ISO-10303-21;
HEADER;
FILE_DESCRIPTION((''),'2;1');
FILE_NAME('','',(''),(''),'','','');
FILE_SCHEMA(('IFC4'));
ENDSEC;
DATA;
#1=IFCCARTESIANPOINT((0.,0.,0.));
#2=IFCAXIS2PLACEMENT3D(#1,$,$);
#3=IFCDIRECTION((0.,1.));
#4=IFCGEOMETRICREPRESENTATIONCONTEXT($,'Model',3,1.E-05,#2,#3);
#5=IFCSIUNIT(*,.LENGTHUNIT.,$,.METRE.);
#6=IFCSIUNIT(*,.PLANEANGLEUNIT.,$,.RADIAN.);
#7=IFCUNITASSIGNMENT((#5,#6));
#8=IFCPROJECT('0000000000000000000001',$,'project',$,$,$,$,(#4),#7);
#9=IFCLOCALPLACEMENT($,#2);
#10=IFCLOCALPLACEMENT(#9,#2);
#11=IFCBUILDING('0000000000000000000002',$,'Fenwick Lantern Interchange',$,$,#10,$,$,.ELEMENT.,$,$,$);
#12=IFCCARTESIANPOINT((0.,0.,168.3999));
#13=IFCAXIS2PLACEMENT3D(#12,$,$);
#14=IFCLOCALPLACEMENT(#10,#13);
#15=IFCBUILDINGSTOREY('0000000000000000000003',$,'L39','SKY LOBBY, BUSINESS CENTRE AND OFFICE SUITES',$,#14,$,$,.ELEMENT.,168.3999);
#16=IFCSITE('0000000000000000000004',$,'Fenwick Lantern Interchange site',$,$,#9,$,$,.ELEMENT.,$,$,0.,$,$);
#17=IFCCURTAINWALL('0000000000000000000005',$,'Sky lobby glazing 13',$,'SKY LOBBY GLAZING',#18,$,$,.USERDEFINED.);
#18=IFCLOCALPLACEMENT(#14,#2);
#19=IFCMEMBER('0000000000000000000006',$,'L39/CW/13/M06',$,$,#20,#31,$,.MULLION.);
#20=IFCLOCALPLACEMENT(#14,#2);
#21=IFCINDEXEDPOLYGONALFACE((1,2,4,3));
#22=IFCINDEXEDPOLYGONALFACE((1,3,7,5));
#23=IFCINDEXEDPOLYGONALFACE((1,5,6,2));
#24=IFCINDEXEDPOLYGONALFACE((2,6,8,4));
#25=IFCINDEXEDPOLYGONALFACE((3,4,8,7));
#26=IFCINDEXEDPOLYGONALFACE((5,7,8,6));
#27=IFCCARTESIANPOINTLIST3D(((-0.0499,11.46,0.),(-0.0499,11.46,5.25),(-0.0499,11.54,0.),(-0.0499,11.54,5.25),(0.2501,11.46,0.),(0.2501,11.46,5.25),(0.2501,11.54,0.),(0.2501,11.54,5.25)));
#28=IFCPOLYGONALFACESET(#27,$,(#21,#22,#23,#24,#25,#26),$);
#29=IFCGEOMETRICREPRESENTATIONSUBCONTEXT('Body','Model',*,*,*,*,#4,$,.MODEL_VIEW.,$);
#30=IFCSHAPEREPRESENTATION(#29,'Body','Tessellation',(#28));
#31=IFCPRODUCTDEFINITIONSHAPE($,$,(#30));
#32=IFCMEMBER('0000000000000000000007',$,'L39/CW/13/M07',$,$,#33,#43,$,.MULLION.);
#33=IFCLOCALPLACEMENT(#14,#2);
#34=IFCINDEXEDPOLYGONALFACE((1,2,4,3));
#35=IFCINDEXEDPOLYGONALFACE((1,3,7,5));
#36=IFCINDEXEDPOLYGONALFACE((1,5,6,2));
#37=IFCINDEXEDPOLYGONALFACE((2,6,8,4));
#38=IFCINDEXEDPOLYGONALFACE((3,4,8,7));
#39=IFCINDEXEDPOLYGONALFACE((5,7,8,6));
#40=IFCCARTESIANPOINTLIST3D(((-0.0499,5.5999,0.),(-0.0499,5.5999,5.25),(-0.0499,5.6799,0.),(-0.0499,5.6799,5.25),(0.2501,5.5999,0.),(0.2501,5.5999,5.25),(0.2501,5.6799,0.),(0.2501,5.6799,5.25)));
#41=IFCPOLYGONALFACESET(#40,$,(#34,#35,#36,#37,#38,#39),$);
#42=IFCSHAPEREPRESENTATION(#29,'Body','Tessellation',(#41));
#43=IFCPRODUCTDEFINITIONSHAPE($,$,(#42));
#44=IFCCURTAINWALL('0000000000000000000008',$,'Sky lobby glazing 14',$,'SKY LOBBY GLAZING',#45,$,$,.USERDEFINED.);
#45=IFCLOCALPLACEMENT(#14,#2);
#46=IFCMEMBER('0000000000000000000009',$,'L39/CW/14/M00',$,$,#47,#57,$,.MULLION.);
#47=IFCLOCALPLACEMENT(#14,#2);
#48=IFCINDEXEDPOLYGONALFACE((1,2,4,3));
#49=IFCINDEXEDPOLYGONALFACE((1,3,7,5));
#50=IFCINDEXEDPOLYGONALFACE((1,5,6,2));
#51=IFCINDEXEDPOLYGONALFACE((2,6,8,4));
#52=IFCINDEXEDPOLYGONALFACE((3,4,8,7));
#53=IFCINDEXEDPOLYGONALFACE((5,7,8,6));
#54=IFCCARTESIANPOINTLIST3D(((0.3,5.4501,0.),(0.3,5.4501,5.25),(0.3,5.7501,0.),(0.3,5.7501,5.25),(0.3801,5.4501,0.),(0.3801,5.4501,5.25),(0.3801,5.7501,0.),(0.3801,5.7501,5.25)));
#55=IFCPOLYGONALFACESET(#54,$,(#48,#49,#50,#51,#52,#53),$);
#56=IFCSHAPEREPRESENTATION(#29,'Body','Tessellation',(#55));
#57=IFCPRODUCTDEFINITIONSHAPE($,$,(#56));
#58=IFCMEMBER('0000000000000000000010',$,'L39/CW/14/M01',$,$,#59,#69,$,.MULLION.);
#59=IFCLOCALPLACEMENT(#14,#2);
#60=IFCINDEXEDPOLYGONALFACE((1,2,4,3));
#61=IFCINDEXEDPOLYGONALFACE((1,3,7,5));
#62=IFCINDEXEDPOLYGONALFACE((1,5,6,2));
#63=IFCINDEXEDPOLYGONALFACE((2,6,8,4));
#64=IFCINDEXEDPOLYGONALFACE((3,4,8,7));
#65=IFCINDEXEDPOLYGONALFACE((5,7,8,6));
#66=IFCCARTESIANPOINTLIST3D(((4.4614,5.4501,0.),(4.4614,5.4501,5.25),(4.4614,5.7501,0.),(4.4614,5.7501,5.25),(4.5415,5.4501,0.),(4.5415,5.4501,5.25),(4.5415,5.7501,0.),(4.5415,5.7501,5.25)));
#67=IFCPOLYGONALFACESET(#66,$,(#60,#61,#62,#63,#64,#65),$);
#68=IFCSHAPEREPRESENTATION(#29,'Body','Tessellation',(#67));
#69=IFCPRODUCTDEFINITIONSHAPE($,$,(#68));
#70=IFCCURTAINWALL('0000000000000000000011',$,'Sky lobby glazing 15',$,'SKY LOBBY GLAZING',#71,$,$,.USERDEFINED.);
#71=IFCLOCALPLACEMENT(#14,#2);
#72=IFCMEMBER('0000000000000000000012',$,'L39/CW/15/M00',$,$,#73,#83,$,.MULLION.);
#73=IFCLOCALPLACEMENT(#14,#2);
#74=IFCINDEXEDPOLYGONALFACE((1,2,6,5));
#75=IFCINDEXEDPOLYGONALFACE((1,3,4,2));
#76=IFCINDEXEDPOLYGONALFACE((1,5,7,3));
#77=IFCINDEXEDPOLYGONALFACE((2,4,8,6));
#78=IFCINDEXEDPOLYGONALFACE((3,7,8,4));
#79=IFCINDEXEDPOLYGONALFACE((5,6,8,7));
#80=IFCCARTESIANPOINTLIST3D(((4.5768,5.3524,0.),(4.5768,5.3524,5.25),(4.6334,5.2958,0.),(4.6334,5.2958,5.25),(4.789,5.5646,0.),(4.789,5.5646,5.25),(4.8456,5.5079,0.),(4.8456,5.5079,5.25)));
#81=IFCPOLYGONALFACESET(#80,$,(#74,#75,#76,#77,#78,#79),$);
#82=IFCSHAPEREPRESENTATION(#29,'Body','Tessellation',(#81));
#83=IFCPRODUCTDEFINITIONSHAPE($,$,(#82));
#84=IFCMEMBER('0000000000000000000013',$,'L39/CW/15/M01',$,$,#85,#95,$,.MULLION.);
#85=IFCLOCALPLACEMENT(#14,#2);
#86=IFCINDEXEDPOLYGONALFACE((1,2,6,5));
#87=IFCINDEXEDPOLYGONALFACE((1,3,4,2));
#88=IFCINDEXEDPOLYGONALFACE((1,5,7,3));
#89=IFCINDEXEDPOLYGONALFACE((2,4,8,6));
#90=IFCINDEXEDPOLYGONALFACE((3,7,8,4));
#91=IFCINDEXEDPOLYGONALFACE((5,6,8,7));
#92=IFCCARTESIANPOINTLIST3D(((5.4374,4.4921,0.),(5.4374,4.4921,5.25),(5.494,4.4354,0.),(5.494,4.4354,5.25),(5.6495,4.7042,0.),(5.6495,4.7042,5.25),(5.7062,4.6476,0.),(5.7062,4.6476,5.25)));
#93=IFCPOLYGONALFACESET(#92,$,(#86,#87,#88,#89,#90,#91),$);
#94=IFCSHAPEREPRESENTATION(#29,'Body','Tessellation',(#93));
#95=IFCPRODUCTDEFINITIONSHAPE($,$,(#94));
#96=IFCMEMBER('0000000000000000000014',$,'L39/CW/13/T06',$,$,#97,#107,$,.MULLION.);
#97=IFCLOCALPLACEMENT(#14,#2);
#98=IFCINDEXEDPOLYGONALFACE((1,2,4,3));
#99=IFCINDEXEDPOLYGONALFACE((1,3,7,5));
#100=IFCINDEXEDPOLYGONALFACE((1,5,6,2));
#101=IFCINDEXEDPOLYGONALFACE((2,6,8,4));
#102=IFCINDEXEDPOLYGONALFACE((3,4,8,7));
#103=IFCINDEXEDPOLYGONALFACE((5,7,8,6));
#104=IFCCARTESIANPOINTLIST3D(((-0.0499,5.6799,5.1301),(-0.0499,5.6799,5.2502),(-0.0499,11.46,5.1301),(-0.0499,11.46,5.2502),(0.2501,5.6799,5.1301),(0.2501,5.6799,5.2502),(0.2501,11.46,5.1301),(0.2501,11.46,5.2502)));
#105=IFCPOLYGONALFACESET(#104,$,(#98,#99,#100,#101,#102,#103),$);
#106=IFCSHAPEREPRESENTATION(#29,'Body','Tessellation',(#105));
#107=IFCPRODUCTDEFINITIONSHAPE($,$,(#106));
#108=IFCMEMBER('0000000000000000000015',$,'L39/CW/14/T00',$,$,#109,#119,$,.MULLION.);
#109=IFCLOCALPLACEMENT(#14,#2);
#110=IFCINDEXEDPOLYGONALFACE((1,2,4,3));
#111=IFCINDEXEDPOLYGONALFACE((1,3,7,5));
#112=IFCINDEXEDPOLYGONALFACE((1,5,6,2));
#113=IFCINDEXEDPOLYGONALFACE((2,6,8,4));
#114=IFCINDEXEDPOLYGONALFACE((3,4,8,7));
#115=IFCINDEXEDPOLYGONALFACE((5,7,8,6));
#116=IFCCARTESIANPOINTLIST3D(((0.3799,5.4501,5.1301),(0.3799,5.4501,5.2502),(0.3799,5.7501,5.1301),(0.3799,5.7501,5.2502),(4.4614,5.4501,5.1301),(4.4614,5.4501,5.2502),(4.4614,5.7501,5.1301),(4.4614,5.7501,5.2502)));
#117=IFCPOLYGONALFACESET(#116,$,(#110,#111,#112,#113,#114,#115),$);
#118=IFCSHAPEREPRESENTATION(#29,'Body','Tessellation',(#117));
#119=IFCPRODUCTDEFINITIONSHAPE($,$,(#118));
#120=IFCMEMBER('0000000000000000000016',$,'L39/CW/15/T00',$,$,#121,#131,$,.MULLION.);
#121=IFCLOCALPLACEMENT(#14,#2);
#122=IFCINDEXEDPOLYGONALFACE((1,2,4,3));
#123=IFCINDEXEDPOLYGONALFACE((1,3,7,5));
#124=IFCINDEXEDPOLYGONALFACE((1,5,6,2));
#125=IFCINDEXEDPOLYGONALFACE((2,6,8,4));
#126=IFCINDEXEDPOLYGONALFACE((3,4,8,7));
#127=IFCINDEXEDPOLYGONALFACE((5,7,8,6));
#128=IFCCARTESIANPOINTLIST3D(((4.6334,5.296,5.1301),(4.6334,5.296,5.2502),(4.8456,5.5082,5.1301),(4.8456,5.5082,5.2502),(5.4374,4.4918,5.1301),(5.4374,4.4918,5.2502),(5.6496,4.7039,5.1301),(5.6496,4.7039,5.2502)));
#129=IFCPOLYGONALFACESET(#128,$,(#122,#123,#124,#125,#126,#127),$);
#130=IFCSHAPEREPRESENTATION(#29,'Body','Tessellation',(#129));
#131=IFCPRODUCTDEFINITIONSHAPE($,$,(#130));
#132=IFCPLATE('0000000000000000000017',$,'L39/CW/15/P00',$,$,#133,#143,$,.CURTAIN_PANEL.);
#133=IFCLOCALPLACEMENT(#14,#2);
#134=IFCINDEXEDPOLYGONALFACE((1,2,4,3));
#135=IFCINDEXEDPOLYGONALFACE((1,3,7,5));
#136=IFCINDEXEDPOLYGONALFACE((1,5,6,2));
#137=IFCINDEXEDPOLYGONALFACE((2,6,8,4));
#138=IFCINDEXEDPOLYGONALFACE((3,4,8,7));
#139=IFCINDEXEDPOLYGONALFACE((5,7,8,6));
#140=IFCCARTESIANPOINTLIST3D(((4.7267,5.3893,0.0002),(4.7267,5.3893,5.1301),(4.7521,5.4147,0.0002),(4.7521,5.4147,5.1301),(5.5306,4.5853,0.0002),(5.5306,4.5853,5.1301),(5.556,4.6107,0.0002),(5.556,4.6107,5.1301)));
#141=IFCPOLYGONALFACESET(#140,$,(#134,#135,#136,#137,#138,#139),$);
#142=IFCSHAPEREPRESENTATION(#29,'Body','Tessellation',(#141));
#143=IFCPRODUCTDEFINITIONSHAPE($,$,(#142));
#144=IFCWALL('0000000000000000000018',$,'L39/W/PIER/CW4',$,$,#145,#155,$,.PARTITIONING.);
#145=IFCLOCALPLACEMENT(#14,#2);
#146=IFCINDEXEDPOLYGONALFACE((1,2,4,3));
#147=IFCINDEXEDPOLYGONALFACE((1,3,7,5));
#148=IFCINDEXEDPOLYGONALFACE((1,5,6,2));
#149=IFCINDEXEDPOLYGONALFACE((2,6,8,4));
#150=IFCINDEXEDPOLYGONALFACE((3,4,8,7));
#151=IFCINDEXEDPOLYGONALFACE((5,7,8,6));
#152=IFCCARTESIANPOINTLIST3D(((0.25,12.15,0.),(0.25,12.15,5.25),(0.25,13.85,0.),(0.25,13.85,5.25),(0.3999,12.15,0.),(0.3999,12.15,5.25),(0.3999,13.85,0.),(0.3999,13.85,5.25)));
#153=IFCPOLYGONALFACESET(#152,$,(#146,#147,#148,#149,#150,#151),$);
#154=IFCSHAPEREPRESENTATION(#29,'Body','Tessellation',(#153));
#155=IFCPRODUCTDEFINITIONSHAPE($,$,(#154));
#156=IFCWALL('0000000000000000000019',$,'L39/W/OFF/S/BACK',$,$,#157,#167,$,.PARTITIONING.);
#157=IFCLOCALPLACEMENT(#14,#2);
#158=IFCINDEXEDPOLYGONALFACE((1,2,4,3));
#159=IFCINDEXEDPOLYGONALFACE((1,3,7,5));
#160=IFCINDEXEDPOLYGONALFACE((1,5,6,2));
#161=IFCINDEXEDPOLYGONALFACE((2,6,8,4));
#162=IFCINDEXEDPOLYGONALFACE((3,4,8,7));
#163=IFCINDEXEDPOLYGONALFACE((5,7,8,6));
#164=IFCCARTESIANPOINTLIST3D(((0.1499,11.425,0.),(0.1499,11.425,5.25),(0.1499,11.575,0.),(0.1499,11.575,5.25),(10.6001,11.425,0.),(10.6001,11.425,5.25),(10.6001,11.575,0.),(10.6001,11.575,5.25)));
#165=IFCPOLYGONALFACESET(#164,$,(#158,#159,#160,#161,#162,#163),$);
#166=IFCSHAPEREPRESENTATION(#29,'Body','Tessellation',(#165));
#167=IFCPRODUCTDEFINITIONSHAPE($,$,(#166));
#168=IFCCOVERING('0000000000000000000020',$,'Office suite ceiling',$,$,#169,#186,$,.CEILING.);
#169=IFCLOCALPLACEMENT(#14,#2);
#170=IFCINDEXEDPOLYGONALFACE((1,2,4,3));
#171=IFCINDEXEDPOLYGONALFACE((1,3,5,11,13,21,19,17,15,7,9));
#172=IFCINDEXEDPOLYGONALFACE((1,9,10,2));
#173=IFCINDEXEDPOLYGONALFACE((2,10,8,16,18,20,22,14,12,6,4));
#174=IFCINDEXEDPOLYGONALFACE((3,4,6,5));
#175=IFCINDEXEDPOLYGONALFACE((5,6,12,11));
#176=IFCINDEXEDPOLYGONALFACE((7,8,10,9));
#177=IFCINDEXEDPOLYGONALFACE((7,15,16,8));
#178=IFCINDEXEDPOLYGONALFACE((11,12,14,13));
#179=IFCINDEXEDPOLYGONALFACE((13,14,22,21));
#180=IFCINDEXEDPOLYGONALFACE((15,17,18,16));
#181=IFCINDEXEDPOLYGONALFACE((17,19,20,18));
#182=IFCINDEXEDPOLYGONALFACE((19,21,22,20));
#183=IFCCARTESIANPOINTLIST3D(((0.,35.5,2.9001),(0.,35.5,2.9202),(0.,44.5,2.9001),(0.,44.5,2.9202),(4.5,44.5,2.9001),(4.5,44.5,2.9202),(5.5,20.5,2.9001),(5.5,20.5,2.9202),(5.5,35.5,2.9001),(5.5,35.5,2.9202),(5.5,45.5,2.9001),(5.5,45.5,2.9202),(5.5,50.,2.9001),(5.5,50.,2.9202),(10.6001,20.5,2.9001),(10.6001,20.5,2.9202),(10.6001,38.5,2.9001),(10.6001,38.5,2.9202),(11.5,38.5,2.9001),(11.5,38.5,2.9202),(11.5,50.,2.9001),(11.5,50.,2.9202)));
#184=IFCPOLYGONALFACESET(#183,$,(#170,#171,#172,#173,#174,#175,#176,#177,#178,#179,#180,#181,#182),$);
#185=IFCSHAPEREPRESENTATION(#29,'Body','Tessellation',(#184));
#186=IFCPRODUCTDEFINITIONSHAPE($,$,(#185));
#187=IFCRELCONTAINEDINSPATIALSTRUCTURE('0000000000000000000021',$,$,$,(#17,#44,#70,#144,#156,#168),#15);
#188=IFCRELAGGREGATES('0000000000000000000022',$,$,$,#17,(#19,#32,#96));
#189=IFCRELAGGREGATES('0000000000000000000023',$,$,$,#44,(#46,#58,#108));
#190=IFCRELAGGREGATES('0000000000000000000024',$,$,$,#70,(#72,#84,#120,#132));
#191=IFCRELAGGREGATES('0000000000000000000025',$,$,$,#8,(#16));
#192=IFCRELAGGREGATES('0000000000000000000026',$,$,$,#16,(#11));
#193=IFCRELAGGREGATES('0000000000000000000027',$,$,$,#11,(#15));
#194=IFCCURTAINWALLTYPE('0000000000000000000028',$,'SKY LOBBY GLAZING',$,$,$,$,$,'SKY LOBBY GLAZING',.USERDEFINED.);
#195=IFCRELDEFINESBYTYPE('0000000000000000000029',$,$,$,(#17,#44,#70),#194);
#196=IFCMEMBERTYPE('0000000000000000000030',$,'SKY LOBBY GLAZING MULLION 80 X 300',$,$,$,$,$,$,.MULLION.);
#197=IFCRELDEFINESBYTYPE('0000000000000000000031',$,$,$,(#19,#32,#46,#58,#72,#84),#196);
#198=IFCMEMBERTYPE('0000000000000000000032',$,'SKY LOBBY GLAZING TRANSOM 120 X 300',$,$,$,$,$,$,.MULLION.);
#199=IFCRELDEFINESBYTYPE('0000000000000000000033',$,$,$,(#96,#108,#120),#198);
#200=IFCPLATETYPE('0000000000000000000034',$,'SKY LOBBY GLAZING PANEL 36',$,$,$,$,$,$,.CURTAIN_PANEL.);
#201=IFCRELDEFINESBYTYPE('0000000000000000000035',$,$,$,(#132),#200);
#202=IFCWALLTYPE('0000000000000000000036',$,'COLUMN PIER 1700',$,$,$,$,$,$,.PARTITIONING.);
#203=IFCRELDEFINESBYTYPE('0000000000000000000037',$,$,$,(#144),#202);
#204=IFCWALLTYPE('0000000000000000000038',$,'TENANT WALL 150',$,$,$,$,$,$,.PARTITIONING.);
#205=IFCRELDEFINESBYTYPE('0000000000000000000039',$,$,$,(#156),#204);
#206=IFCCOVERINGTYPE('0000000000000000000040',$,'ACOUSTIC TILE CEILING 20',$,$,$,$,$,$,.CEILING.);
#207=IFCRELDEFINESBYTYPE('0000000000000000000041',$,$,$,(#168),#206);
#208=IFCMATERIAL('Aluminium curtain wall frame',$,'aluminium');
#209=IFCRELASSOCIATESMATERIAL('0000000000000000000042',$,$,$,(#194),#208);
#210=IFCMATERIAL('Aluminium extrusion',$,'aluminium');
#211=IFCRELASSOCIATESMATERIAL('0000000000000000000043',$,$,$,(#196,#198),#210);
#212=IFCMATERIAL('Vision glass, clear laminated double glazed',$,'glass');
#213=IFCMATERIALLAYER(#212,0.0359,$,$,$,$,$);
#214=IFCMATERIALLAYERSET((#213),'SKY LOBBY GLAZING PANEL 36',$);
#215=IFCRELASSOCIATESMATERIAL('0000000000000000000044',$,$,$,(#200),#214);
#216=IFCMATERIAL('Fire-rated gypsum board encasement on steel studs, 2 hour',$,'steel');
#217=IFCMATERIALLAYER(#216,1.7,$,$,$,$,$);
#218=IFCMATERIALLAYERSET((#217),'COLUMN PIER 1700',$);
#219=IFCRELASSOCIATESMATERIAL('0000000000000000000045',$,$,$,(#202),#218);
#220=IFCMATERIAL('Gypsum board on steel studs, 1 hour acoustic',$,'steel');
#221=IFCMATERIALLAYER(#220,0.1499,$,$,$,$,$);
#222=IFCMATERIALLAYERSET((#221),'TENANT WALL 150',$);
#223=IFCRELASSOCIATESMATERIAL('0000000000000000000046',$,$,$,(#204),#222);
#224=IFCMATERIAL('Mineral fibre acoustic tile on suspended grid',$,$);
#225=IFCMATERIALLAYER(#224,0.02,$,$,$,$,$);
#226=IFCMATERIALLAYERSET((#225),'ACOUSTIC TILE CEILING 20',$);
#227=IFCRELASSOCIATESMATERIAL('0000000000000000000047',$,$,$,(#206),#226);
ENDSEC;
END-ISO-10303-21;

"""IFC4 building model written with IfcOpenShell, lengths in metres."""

from ifc_helpers import new_model, si_unit, direction, frame, frame_2d, origin, origin_2d, place, context, subcontext, project, spatial, polyline, rectangle, outline, extrude, material, layer, layer_set, material_profile, profile_set, type_object, element, aggregate, save


model = new_model("IFC4")

# Units and contexts
model_context = context("Model", 3, precision=1e-05, world=origin(), true_north=direction((0.0, 1.0)))
body_context = subcontext(model_context, "Body", "Model", "MODEL_VIEW")
ifc_project = project(units=[si_unit("LENGTHUNIT", "METRE"), si_unit("PLANEANGLEUNIT", "RADIAN")], contexts=[model_context])

# Site, building, storey
site_placement = place(None, origin())
site = spatial("IfcSite", under=ifc_project, at=site_placement, Name="Fenwick Lantern Interchange site", CompositionType="ELEMENT", RefElevation=0.0)
building_placement = place(site_placement, origin())
building = spatial("IfcBuilding", under=site, at=building_placement, Name="Fenwick Lantern Interchange", CompositionType="ELEMENT")
storey_placement = place(building_placement, frame((0.0, 0.0, 168.3999)))
storey = spatial("IfcBuildingStorey", under=building, at=storey_placement, Name="L39", Description="SKY LOBBY, BUSINESS CENTRE AND OFFICE SUITES", CompositionType="ELEMENT", Elevation=168.3999)

# Curtain walls, members
ifc_material_1 = material(Name="Aluminium curtain wall frame", Category="aluminium")
curtain_wall_type = type_object("IfcCurtainWallType", Name="SKY LOBBY GLAZING", ElementType="SKY LOBBY GLAZING", PredefinedType="USERDEFINED", material=ifc_material_1)
curtain_wall_1_placement = place(storey_placement, origin())
curtain_wall_1 = element("IfcCurtainWall", 1, at=curtain_wall_1_placement, inside=storey, type_object=curtain_wall_type, Name="Sky lobby glazing 13", ObjectType="SKY LOBBY GLAZING", PredefinedType="USERDEFINED")
ifc_material_2 = material(Name="Aluminium extrusion", Category="aluminium")
ifc_material_profile_1 = material_profile(ifc_material_2, rectangle(XDim=0.3, YDim=0.0801, at=origin_2d()), Name="SKY LOBBY GLAZING MULLION 80 X 300")
ifc_profile_set_1 = profile_set([ifc_material_profile_1], Name="Aluminium extrusion")
member_type_1 = type_object("IfcMemberType", Name="SKY LOBBY GLAZING MULLION 80 X 300", PredefinedType="MULLION", material=ifc_profile_set_1)
member_1_placement = place(storey_placement, frame((0.1001, 11.5, 0.0), z_axis=(0.0, 0.0, 1.0), x_axis=(1.0, 0.0, 0.0)))
member_1 = element("IfcMember", 2, at=member_1_placement, type_object=member_type_1, Name="L39/CW/13/M06", PredefinedType="MULLION", context=body_context, shape_type="SweptSolid", body=[
    extrude(rectangle(XDim=0.3, YDim=0.0801, at=origin_2d()), origin(), (0.0, 0.0, 1.0), 5.25),
])
member_2_placement = place(storey_placement, frame((0.1001, 5.6399, 0.0), z_axis=(0.0, 0.0, 1.0), x_axis=(1.0, 0.0, 0.0)))
member_2 = element("IfcMember", 3, at=member_2_placement, type_object=member_type_1, Name="L39/CW/13/M07", PredefinedType="MULLION", context=body_context, shape_type="SweptSolid", body=[
    extrude(rectangle(XDim=0.3, YDim=0.0801, at=origin_2d()), origin(), (0.0, 0.0, 1.0), 5.25),
])
curtain_wall_2_placement = place(storey_placement, origin())
curtain_wall_2 = element("IfcCurtainWall", 4, at=curtain_wall_2_placement, inside=storey, type_object=curtain_wall_type, Name="Sky lobby glazing 14", ObjectType="SKY LOBBY GLAZING", PredefinedType="USERDEFINED")
member_3_placement = place(storey_placement, frame((0.3401, 5.6001, 0.0), z_axis=(0.0, 0.0, 1.0), x_axis=(0.0, 1.0, 0.0)))
member_3 = element("IfcMember", 5, at=member_3_placement, type_object=member_type_1, Name="L39/CW/14/M00", PredefinedType="MULLION", context=body_context, shape_type="SweptSolid", body=[
    extrude(rectangle(XDim=0.3, YDim=0.0801, at=origin_2d()), origin(), (0.0, 0.0, 1.0), 5.25),
])
member_4_placement = place(storey_placement, frame((4.5015, 5.6001, 0.0), z_axis=(0.0, 0.0, 1.0), x_axis=(0.0, 1.0, 0.0)))
member_4 = element("IfcMember", 6, at=member_4_placement, type_object=member_type_1, Name="L39/CW/14/M01", PredefinedType="MULLION", context=body_context, shape_type="SweptSolid", body=[
    extrude(rectangle(XDim=0.3, YDim=0.0801, at=origin_2d()), origin(), (0.0, 0.0, 1.0), 5.25),
])
curtain_wall_3_placement = place(storey_placement, origin())
curtain_wall_3 = element("IfcCurtainWall", 7, at=curtain_wall_3_placement, inside=storey, type_object=curtain_wall_type, Name="Sky lobby glazing 15", ObjectType="SKY LOBBY GLAZING", PredefinedType="USERDEFINED")
member_5_placement = place(storey_placement, frame((4.7112, 5.4302, 0.0), z_axis=(0.0, 0.0, 1.0), x_axis=(0.707107, 0.707107, 0.0)))
member_5 = element("IfcMember", 8, at=member_5_placement, type_object=member_type_1, Name="L39/CW/15/M00", PredefinedType="MULLION", context=body_context, shape_type="SweptSolid", body=[
    extrude(rectangle(XDim=0.3, YDim=0.0801, at=origin_2d()), origin(), (0.0, 0.0, 1.0), 5.25),
])
member_6_placement = place(storey_placement, frame((5.5718, 4.5698, 0.0), z_axis=(0.0, 0.0, 1.0), x_axis=(0.707107, 0.707107, 0.0)))
member_6 = element("IfcMember", 9, at=member_6_placement, type_object=member_type_1, Name="L39/CW/15/M01", PredefinedType="MULLION", context=body_context, shape_type="SweptSolid", body=[
    extrude(rectangle(XDim=0.3, YDim=0.0801, at=origin_2d()), origin(), (0.0, 0.0, 1.0), 5.25),
])

# Members
ifc_material_profile_2 = material_profile(ifc_material_2, rectangle(XDim=0.3, YDim=0.1201, at=origin_2d()), Name="SKY LOBBY GLAZING TRANSOM 120 X 300")
ifc_profile_set_2 = profile_set([ifc_material_profile_2], Name="Aluminium extrusion")
member_type_2 = type_object("IfcMemberType", Name="SKY LOBBY GLAZING TRANSOM 120 X 300", PredefinedType="MULLION", material=ifc_profile_set_2)
member_7_placement = place(storey_placement, frame((0.1001, 11.46, 5.1902), z_axis=(0.0, -1.0, 0.0), x_axis=(1.0, 0.0, 0.0)))
member_7 = element("IfcMember", 10, at=member_7_placement, type_object=member_type_2, Name="L39/CW/13/T06", PredefinedType="MULLION", context=body_context, shape_type="SweptSolid", body=[
    extrude(rectangle(XDim=0.3, YDim=0.1201, at=origin_2d()), origin(), (0.0, 0.0, 1.0), 5.78),
])
aggregate(curtain_wall_1, [member_1, member_2, member_7])
member_8_placement = place(storey_placement, frame((0.3799, 5.6001, 5.1902), z_axis=(1.0, 0.0, 0.0), x_axis=(0.0, 1.0, 0.0)))
member_8 = element("IfcMember", 11, at=member_8_placement, type_object=member_type_2, Name="L39/CW/14/T00", PredefinedType="MULLION", context=body_context, shape_type="SweptSolid", body=[
    extrude(rectangle(XDim=0.3, YDim=0.1201, at=origin_2d()), origin(), (0.0, 0.0, 1.0), 4.0815),
])
member_9_placement = place(storey_placement, frame((4.7395, 5.4021, 5.1902), z_axis=(0.706999, -0.707214, 0.0), x_axis=(0.707214, 0.706999, 0.0)))
member_9 = element("IfcMember", 12, at=member_9_placement, type_object=member_type_2, Name="L39/CW/15/T00", PredefinedType="MULLION", context=body_context, shape_type="SweptSolid", body=[
    extrude(rectangle(XDim=0.3, YDim=0.1201, at=origin_2d()), origin(), (0.0, 0.0, 1.0), 1.1372),
])

# Shared definitions
ifc_material_3 = material(Name="Vision glass, clear laminated double glazed", Category="glass")
ifc_layer_1 = layer(ifc_material_3, 0.0359)
ifc_layer_set_1 = layer_set([ifc_layer_1], Name="SKY LOBBY GLAZING PANEL 36")
plate_type = type_object("IfcPlateType", Name="SKY LOBBY GLAZING PANEL 36", PredefinedType="CURTAIN_PANEL", material=ifc_layer_set_1)

# Plate
aggregate(curtain_wall_2, [member_3, member_4, member_8])
plate_1_placement = place(storey_placement, frame((5.1414, 5.0, 0.0002), z_axis=(0.0, 0.0, 1.0), x_axis=(0.707107, -0.707107, 0.0)))
plate_1 = element("IfcPlate", 13, at=plate_1_placement, type_object=plate_type, Name="L39/CW/15/P00", PredefinedType="CURTAIN_PANEL", context=body_context, shape_type="SweptSolid", body=[
    extrude(rectangle(XDim=1.137, YDim=0.0359, at=origin_2d()), origin(), (0.0, 0.0, 1.0), 5.1299),
])
aggregate(curtain_wall_3, [member_5, member_6, member_9, plate_1])

# Walls
ifc_material_4 = material(Name="Fire-rated gypsum board encasement on steel studs, 2 hour", Category="steel")
ifc_layer_2 = layer(ifc_material_4, 1.7)
ifc_layer_set_2 = layer_set([ifc_layer_2], Name="COLUMN PIER 1700")
wall_type_1 = type_object("IfcWallType", Name="COLUMN PIER 1700", PredefinedType="PARTITIONING", material=ifc_layer_set_2)
wall_1_placement = place(storey_placement, frame((0.25, 13.0, 0.0), z_axis=(0.0, 0.0, 1.0), x_axis=(1.0, 0.0, 0.0)))
element("IfcWall", 14, at=wall_1_placement, inside=storey, type_object=wall_type_1, Name="L39/W/PIER/CW4", PredefinedType="PARTITIONING", context=body_context, shape_type="SweptSolid", body=[
    extrude(rectangle(XDim=0.1499, YDim=1.7, at=frame_2d((0.075, 0.0))), origin(), (0.0, 0.0, 1.0), 5.25),
])
ifc_material_5 = material(Name="Gypsum board on steel studs, 1 hour acoustic", Category="steel")
ifc_layer_3 = layer(ifc_material_5, 0.1499)
ifc_layer_set_3 = layer_set([ifc_layer_3], Name="TENANT WALL 150")
wall_type_2 = type_object("IfcWallType", Name="TENANT WALL 150", PredefinedType="PARTITIONING", material=ifc_layer_set_3)
wall_2_placement = place(storey_placement, frame((0.1499, 11.5, 0.0), z_axis=(0.0, 0.0, 1.0), x_axis=(1.0, 0.0, 0.0)))
element("IfcWall", 15, at=wall_2_placement, inside=storey, type_object=wall_type_2, Name="L39/W/OFF/S/BACK", PredefinedType="PARTITIONING", context=body_context, shape_type="SweptSolid", body=[
    extrude(rectangle(XDim=10.4502, YDim=0.1499, at=frame_2d((5.2251, 0.0))), origin(), (0.0, 0.0, 1.0), 5.25),
])

# Covering
ifc_material_6 = material(Name="Mineral fibre acoustic tile on suspended grid")
ifc_layer_4 = layer(ifc_material_6, 0.02)
ifc_layer_set_4 = layer_set([ifc_layer_4], Name="ACOUSTIC TILE CEILING 20")
covering_type_1 = type_object("IfcCoveringType", Name="ACOUSTIC TILE CEILING 20", PredefinedType="CEILING", material=ifc_layer_set_4)
covering_1_placement = place(storey_placement, frame((0.0, 0.0, 2.9001)))
element("IfcCovering", 16, at=covering_1_placement, inside=storey, type_object=covering_type_1, Name="Office suite ceiling", PredefinedType="CEILING", context=body_context, shape_type="SweptSolid", body=[
    extrude(outline(polyline([(5.5, 50.0), (5.5, 45.5), (4.5, 44.5), (0.0, 44.5), (0.0, 35.5), (5.5, 35.5), (5.5, 20.5), (10.6001, 20.5), (10.6001, 38.5), (11.5, 38.5), (11.5, 50.0), (5.5, 50.0)])), origin(), (0.0, 0.0, 1.0), 0.02),
])

save(model, "model.ifc")
